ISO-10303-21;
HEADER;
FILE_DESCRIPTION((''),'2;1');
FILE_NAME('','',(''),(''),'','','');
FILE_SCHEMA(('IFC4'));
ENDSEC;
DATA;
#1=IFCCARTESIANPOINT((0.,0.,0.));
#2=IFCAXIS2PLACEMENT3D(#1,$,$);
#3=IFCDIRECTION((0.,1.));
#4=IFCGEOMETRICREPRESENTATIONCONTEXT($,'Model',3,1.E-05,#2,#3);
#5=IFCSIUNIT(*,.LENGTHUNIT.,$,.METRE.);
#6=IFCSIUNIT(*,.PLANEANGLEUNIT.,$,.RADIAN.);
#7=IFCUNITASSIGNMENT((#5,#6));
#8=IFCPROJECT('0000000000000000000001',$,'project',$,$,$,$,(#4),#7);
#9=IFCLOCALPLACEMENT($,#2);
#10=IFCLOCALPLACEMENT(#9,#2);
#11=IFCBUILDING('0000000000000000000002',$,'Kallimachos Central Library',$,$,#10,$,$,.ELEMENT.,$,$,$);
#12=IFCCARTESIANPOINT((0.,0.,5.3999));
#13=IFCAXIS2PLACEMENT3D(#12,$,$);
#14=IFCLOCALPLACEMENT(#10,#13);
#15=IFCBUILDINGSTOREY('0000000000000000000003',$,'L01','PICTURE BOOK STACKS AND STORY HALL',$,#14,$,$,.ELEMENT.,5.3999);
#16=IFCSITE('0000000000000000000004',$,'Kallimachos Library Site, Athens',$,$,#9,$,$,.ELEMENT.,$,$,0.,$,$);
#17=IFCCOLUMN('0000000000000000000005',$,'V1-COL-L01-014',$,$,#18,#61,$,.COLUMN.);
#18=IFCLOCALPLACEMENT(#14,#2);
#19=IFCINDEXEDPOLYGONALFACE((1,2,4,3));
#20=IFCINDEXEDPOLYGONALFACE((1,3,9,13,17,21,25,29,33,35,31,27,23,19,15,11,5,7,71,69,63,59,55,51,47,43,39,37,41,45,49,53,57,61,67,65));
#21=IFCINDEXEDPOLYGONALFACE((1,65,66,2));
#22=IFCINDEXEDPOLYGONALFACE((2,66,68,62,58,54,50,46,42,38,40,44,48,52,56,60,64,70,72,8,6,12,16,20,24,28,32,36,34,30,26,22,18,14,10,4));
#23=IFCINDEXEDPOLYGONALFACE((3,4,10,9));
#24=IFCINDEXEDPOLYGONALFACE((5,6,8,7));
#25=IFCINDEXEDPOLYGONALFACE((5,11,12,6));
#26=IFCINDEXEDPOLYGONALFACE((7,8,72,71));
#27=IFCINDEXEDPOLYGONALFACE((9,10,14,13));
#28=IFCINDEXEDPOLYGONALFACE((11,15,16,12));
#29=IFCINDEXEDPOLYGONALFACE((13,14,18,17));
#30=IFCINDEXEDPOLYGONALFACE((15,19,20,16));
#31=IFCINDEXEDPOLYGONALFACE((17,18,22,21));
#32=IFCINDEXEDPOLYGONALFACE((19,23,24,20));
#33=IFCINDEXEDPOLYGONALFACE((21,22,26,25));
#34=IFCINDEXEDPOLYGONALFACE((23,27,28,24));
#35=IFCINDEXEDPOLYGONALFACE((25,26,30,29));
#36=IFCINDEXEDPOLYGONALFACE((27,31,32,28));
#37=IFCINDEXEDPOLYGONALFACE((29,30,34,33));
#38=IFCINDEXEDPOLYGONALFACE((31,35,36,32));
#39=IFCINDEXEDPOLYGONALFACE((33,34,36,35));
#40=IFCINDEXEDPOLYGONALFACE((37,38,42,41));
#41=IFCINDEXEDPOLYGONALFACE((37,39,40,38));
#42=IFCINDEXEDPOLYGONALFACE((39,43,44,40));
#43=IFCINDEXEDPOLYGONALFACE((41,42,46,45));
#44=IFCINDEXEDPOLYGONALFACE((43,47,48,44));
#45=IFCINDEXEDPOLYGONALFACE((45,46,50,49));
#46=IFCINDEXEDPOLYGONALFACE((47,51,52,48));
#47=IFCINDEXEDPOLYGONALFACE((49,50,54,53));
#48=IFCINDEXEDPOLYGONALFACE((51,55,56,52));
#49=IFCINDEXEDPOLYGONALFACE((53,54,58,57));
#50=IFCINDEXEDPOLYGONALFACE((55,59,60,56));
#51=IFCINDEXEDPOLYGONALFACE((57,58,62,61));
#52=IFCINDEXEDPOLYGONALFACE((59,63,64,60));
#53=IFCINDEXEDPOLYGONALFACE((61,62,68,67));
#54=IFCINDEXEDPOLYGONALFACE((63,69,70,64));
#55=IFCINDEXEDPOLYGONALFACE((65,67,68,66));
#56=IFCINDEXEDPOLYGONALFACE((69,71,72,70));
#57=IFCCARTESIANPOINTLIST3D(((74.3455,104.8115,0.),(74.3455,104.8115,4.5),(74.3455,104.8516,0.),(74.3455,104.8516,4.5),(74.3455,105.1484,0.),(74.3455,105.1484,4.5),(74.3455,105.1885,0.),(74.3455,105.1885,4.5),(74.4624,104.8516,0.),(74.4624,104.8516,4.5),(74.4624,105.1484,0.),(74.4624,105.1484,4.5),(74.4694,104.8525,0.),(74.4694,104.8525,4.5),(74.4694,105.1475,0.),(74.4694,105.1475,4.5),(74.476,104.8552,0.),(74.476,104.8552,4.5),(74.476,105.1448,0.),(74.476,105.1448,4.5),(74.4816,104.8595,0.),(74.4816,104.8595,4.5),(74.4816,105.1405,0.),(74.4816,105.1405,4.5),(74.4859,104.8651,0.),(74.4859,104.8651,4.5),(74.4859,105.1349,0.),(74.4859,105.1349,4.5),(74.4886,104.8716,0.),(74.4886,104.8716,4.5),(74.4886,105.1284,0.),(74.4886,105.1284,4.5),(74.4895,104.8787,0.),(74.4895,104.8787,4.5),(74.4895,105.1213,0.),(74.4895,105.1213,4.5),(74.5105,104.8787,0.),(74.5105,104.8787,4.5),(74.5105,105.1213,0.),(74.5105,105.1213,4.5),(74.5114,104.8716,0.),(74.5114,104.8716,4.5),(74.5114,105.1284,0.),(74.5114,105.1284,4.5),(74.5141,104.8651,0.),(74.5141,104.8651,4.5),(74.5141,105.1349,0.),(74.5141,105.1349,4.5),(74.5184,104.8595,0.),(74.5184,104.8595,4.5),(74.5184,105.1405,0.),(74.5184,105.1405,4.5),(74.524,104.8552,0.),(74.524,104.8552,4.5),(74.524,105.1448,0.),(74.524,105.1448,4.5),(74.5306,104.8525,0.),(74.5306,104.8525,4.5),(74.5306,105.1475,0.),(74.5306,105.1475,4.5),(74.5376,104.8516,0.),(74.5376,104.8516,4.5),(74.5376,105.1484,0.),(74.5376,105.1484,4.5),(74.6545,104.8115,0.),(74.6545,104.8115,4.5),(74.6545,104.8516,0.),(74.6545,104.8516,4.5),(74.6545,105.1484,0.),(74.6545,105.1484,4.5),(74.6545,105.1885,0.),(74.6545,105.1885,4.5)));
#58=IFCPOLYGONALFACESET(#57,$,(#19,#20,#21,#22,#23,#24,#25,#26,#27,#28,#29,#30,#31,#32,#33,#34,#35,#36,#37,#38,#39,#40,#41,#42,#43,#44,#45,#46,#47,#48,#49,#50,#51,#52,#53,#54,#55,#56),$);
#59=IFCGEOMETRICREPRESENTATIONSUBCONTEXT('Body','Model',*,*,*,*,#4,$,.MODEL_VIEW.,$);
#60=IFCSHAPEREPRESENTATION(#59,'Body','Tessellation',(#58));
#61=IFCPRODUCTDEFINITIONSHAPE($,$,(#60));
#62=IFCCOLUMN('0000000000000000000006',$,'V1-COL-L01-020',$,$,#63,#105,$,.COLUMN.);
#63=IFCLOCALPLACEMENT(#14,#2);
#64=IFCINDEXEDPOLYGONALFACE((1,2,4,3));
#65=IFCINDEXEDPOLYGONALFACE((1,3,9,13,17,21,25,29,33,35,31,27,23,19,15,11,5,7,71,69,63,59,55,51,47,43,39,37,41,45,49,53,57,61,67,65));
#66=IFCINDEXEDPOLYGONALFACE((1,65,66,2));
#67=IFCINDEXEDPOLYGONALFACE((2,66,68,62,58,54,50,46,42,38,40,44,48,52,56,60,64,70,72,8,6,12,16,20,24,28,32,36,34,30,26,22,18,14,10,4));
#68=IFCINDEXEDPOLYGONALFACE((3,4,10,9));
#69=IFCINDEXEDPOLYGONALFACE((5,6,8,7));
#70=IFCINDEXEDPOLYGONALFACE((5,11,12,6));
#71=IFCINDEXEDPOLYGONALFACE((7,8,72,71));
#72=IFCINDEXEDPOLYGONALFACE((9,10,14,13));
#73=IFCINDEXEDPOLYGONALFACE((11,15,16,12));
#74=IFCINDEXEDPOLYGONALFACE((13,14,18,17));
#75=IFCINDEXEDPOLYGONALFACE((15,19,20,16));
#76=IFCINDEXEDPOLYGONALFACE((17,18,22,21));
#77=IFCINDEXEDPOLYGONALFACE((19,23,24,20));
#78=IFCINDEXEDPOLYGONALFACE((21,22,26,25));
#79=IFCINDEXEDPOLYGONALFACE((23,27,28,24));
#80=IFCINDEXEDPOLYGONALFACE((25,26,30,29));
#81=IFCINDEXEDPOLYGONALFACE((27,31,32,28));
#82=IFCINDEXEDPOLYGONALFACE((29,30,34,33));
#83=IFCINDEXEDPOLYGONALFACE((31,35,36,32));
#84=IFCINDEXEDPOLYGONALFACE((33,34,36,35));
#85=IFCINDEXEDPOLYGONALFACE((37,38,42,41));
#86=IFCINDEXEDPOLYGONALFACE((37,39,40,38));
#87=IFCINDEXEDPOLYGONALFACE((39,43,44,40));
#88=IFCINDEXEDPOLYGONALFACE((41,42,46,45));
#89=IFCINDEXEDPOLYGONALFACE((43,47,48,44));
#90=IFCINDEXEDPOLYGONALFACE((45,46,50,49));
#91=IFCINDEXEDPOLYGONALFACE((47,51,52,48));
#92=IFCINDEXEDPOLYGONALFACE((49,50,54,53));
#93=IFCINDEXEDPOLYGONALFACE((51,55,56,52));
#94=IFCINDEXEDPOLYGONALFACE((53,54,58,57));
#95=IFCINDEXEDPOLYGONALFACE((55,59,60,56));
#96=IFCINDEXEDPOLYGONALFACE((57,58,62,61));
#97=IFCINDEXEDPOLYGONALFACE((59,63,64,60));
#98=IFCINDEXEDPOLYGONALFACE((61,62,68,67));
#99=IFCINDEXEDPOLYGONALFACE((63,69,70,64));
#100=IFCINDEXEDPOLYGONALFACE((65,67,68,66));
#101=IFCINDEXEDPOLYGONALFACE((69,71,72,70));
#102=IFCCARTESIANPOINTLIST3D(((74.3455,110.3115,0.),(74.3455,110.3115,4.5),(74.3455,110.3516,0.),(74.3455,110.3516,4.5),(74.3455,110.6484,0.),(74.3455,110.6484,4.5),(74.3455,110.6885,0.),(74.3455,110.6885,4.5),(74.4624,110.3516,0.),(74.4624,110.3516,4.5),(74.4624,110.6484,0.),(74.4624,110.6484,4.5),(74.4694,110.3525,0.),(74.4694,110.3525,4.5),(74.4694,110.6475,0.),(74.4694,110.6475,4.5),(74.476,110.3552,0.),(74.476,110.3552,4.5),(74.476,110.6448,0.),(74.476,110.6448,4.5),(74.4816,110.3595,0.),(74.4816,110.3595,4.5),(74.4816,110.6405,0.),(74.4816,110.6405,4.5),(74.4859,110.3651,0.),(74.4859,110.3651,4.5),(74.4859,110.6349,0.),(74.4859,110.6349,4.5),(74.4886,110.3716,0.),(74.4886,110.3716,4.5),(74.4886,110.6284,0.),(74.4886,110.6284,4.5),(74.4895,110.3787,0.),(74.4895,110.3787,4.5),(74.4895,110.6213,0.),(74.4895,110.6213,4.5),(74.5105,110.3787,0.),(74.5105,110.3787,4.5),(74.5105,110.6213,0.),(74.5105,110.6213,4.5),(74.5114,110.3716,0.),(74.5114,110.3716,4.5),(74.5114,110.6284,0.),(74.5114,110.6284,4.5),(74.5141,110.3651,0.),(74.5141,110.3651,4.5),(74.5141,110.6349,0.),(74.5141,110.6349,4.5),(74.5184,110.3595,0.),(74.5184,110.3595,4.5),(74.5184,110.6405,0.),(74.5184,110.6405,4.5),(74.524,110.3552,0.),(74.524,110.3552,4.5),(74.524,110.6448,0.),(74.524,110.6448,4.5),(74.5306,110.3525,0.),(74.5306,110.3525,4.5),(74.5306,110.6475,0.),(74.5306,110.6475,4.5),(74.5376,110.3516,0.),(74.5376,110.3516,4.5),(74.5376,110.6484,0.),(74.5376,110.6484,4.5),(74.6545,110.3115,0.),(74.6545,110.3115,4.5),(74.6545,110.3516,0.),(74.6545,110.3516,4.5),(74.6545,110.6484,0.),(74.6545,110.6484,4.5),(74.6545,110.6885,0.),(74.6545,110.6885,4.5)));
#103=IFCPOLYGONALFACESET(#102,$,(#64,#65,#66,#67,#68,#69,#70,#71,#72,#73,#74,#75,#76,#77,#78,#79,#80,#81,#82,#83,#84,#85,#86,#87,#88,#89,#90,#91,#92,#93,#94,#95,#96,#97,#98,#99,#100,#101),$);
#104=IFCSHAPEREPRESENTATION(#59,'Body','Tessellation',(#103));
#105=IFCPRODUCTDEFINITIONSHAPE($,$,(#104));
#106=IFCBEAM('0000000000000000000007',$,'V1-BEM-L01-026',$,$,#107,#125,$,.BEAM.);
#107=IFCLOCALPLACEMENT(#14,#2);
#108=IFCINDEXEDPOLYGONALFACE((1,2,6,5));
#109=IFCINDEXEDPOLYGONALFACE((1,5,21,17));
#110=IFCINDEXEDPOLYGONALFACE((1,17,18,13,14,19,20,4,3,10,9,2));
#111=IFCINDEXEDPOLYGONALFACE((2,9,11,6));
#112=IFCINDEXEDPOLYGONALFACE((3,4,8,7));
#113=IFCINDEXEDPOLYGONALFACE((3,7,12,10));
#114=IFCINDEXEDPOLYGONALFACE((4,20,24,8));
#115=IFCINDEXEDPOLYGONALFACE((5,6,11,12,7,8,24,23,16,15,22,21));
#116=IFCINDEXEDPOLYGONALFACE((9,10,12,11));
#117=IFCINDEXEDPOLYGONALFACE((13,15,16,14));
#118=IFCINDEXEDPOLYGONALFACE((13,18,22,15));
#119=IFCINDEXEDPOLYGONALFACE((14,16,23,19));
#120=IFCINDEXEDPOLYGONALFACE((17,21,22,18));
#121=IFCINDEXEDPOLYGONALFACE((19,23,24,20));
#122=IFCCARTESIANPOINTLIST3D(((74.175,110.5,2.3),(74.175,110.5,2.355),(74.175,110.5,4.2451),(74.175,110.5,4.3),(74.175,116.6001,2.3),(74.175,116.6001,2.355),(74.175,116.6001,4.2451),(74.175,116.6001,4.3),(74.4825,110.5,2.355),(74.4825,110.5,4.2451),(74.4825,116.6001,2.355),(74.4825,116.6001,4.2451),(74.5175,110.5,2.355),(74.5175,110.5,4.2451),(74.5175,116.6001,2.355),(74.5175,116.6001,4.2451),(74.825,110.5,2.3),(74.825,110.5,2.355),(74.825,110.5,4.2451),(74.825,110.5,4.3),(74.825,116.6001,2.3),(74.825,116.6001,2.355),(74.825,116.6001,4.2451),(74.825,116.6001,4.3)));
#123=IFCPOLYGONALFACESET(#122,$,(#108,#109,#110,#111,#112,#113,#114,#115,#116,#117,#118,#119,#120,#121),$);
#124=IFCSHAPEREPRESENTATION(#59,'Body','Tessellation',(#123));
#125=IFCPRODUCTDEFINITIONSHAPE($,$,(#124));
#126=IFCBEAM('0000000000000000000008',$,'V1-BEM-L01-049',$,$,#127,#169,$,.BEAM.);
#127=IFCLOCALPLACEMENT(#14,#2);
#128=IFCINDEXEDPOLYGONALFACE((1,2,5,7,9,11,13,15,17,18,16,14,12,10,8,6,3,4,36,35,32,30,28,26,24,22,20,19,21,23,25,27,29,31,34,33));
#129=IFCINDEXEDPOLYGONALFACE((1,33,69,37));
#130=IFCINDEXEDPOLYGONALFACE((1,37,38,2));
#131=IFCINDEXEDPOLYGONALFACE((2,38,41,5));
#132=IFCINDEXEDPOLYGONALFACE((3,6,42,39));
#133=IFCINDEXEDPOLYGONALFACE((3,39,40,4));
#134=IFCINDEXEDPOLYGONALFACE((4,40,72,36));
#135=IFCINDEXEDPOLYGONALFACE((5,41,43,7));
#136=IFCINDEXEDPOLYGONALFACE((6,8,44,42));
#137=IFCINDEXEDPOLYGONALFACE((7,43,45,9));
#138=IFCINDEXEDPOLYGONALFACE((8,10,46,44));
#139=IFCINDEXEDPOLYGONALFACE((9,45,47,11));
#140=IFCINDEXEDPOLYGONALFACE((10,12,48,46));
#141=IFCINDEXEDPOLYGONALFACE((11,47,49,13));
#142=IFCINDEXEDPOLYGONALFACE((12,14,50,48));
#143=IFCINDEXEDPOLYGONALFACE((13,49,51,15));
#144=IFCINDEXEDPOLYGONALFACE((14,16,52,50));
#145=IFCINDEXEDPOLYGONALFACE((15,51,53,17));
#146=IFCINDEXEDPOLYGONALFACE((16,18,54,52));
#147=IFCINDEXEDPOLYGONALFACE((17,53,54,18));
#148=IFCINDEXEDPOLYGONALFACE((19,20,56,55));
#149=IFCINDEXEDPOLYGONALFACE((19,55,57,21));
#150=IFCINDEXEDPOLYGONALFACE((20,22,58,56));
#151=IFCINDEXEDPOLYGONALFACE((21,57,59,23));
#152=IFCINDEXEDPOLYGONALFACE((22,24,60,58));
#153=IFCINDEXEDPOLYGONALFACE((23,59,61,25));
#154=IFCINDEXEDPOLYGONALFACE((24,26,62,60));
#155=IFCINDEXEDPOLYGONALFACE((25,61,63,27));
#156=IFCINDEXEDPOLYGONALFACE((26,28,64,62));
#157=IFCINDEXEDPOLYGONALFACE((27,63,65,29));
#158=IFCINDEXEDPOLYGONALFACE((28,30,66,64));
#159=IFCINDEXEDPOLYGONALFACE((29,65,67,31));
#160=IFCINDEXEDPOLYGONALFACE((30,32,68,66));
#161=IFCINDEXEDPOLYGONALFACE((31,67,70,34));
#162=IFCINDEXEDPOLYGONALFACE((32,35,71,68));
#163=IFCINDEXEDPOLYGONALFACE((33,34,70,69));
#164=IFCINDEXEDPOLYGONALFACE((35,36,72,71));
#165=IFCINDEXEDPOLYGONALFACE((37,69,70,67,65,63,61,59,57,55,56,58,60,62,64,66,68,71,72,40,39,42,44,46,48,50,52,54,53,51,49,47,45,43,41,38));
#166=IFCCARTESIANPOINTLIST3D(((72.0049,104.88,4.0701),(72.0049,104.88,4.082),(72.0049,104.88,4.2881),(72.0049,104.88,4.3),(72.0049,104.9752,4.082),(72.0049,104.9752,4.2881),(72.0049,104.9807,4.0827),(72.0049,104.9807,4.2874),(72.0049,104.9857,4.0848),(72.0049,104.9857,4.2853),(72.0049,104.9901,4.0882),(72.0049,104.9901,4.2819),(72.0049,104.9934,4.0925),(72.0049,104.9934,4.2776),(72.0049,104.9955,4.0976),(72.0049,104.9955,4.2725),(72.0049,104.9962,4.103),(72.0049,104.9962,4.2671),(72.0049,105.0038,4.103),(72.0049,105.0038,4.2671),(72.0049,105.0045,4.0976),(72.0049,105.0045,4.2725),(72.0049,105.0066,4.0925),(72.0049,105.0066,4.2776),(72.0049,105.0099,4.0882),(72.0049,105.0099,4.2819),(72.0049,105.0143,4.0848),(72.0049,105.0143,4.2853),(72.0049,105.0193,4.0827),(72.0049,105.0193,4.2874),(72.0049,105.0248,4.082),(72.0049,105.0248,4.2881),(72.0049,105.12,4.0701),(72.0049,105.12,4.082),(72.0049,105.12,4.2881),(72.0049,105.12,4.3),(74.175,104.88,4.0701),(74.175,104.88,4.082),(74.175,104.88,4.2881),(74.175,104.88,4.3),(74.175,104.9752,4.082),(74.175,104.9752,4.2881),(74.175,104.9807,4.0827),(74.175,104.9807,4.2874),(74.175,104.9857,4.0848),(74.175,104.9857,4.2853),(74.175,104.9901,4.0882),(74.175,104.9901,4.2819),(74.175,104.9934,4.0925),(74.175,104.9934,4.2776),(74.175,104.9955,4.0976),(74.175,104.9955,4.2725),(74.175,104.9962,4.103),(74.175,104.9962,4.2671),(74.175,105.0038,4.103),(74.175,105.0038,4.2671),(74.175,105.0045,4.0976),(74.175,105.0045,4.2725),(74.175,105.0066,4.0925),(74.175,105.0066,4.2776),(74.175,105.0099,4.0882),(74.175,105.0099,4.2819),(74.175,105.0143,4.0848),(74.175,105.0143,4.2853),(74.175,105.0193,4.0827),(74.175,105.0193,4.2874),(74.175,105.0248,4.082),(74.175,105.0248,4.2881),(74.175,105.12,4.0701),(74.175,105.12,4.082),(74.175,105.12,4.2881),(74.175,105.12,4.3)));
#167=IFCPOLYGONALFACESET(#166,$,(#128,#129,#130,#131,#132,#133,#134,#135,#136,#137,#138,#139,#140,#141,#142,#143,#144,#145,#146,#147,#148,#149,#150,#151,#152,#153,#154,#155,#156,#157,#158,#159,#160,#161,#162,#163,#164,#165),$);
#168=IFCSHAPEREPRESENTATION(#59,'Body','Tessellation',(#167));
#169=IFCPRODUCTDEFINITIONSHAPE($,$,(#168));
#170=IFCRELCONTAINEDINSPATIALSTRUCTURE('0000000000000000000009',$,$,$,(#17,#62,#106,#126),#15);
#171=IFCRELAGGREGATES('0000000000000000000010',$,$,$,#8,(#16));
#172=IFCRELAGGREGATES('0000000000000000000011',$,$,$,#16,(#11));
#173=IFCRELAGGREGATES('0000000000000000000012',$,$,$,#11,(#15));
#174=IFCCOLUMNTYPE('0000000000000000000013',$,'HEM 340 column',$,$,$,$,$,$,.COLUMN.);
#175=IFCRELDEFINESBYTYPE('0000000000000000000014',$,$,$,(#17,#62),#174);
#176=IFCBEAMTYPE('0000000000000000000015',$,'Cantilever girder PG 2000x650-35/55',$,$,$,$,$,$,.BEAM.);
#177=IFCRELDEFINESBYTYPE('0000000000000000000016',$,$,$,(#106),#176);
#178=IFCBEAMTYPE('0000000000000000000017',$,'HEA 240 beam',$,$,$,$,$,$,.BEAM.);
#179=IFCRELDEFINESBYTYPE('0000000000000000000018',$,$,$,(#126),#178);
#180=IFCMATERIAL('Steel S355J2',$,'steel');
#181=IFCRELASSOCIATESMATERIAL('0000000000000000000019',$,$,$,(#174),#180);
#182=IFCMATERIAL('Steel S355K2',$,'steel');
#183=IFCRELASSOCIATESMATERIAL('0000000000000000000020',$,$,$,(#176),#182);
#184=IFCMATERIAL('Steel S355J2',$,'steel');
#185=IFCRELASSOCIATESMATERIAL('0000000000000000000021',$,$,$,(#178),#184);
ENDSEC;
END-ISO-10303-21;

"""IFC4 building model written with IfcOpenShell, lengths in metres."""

from ifc_helpers import new_model, si_unit, direction, frame, origin, origin_2d, place, context, subcontext, project, spatial, i_section, extrude, material, material_profile, profile_set, type_object, element, save


model = new_model("IFC4")

# Units and contexts
model_context = context("Model", 3, precision=1e-05, world=origin(), true_north=direction((0.0, 1.0)))
body_context = subcontext(model_context, "Body", "Model", "MODEL_VIEW")
ifc_project = project(units=[si_unit("LENGTHUNIT", "METRE"), si_unit("PLANEANGLEUNIT", "RADIAN")], contexts=[model_context])

# Site, building, storey
site_placement = place(None, origin())
site = spatial("IfcSite", under=ifc_project, at=site_placement, Name="Kallimachos Library Site, Athens", CompositionType="ELEMENT", RefElevation=0.0)
building_placement = place(site_placement, origin())
building = spatial("IfcBuilding", under=site, at=building_placement, Name="Kallimachos Central Library", CompositionType="ELEMENT")
storey_placement = place(building_placement, frame((0.0, 0.0, 5.3999)))
storey = spatial("IfcBuildingStorey", under=building, at=storey_placement, Name="L01", Description="PICTURE BOOK STACKS AND STORY HALL", CompositionType="ELEMENT", Elevation=5.3999)

# Columns
ifc_material_1 = material(Name="Steel S355J2", Category="steel")
ifc_material_profile_1 = material_profile(ifc_material_1, i_section(OverallWidth=0.3091, OverallDepth=0.377, WebThickness=0.021, FlangeThickness=0.04, FilletRadius=0.0271, at=origin_2d()), Name="HEM 340")
ifc_profile_set_1 = profile_set([ifc_material_profile_1], Name="Steel S355J2")
column_type = type_object("IfcColumnType", Name="HEM 340 column", PredefinedType="COLUMN", material=ifc_profile_set_1)
for number, where, z_axis, x_axis, name in (
    (1, (74.5, 105.0, 0.0), (0.0, 0.0, 1.0), (1.0, 0.0, 0.0), "V1-COL-L01-014"),
    (2, (74.5, 110.5, 0.0), (0.0, 0.0, 1.0), (1.0, 0.0, 0.0), "V1-COL-L01-020"),
):
    element("IfcColumn", number, at=place(storey_placement, frame(where, z_axis=z_axis, x_axis=x_axis)), inside=storey, type_object=column_type, Name=name, PredefinedType="COLUMN", context=body_context, shape_type="SweptSolid", body=[
        extrude(i_section(OverallWidth=0.3091, OverallDepth=0.377, WebThickness=0.021, FlangeThickness=0.04, FilletRadius=0.0271, at=origin_2d()), origin(), (0.0, 0.0, 1.0), 4.5),
    ])

# Beams
ifc_material_2 = material(Name="Steel S355K2", Category="steel")
ifc_material_profile_2 = material_profile(ifc_material_2, i_section(OverallWidth=0.6499, OverallDepth=2.0, WebThickness=0.0349, FlangeThickness=0.0549, at=origin_2d()), Name="PG 2000x650-35/55")
ifc_profile_set_2 = profile_set([ifc_material_profile_2], Name="Steel S355K2")
beam_type_1 = type_object("IfcBeamType", Name="Cantilever girder PG 2000x650-35/55", PredefinedType="BEAM", material=ifc_profile_set_2)
beam_1_placement = place(storey_placement, frame((74.5, 110.5, 3.3), z_axis=(0.0, 1.0, 0.0), x_axis=(-1.0, 0.0, 0.0)))
element("IfcBeam", 3, at=beam_1_placement, inside=storey, type_object=beam_type_1, Name="V1-BEM-L01-026", PredefinedType="BEAM", context=body_context, shape_type="SweptSolid", body=[
    extrude(i_section(OverallWidth=0.6499, OverallDepth=2.0, WebThickness=0.0349, FlangeThickness=0.0549, at=origin_2d()), origin(), (0.0, 0.0, 1.0), 6.1001),
])
ifc_material_3 = material(Name="Steel S355J2", Category="steel")
ifc_material_profile_3 = material_profile(ifc_material_3, i_section(OverallWidth=0.24, OverallDepth=0.23, WebThickness=0.0076, FlangeThickness=0.012, FilletRadius=0.021, at=origin_2d()), Name="HEA 240")
ifc_profile_set_3 = profile_set([ifc_material_profile_3], Name="Steel S355J2")
beam_type_2 = type_object("IfcBeamType", Name="HEA 240 beam", PredefinedType="BEAM", material=ifc_profile_set_3)
beam_2_placement = place(storey_placement, frame((72.0049, 105.0, 4.1851), z_axis=(1.0, 0.0, 0.0), x_axis=(0.0, 1.0, 0.0)))
element("IfcBeam", 4, at=beam_2_placement, inside=storey, type_object=beam_type_2, Name="V1-BEM-L01-049", PredefinedType="BEAM", context=body_context, shape_type="SweptSolid", body=[
    extrude(i_section(OverallWidth=0.24, OverallDepth=0.23, WebThickness=0.0076, FlangeThickness=0.012, FilletRadius=0.021, at=origin_2d()), origin(), (0.0, 0.0, 1.0), 2.1702),
])

save(model, "model.ifc")
